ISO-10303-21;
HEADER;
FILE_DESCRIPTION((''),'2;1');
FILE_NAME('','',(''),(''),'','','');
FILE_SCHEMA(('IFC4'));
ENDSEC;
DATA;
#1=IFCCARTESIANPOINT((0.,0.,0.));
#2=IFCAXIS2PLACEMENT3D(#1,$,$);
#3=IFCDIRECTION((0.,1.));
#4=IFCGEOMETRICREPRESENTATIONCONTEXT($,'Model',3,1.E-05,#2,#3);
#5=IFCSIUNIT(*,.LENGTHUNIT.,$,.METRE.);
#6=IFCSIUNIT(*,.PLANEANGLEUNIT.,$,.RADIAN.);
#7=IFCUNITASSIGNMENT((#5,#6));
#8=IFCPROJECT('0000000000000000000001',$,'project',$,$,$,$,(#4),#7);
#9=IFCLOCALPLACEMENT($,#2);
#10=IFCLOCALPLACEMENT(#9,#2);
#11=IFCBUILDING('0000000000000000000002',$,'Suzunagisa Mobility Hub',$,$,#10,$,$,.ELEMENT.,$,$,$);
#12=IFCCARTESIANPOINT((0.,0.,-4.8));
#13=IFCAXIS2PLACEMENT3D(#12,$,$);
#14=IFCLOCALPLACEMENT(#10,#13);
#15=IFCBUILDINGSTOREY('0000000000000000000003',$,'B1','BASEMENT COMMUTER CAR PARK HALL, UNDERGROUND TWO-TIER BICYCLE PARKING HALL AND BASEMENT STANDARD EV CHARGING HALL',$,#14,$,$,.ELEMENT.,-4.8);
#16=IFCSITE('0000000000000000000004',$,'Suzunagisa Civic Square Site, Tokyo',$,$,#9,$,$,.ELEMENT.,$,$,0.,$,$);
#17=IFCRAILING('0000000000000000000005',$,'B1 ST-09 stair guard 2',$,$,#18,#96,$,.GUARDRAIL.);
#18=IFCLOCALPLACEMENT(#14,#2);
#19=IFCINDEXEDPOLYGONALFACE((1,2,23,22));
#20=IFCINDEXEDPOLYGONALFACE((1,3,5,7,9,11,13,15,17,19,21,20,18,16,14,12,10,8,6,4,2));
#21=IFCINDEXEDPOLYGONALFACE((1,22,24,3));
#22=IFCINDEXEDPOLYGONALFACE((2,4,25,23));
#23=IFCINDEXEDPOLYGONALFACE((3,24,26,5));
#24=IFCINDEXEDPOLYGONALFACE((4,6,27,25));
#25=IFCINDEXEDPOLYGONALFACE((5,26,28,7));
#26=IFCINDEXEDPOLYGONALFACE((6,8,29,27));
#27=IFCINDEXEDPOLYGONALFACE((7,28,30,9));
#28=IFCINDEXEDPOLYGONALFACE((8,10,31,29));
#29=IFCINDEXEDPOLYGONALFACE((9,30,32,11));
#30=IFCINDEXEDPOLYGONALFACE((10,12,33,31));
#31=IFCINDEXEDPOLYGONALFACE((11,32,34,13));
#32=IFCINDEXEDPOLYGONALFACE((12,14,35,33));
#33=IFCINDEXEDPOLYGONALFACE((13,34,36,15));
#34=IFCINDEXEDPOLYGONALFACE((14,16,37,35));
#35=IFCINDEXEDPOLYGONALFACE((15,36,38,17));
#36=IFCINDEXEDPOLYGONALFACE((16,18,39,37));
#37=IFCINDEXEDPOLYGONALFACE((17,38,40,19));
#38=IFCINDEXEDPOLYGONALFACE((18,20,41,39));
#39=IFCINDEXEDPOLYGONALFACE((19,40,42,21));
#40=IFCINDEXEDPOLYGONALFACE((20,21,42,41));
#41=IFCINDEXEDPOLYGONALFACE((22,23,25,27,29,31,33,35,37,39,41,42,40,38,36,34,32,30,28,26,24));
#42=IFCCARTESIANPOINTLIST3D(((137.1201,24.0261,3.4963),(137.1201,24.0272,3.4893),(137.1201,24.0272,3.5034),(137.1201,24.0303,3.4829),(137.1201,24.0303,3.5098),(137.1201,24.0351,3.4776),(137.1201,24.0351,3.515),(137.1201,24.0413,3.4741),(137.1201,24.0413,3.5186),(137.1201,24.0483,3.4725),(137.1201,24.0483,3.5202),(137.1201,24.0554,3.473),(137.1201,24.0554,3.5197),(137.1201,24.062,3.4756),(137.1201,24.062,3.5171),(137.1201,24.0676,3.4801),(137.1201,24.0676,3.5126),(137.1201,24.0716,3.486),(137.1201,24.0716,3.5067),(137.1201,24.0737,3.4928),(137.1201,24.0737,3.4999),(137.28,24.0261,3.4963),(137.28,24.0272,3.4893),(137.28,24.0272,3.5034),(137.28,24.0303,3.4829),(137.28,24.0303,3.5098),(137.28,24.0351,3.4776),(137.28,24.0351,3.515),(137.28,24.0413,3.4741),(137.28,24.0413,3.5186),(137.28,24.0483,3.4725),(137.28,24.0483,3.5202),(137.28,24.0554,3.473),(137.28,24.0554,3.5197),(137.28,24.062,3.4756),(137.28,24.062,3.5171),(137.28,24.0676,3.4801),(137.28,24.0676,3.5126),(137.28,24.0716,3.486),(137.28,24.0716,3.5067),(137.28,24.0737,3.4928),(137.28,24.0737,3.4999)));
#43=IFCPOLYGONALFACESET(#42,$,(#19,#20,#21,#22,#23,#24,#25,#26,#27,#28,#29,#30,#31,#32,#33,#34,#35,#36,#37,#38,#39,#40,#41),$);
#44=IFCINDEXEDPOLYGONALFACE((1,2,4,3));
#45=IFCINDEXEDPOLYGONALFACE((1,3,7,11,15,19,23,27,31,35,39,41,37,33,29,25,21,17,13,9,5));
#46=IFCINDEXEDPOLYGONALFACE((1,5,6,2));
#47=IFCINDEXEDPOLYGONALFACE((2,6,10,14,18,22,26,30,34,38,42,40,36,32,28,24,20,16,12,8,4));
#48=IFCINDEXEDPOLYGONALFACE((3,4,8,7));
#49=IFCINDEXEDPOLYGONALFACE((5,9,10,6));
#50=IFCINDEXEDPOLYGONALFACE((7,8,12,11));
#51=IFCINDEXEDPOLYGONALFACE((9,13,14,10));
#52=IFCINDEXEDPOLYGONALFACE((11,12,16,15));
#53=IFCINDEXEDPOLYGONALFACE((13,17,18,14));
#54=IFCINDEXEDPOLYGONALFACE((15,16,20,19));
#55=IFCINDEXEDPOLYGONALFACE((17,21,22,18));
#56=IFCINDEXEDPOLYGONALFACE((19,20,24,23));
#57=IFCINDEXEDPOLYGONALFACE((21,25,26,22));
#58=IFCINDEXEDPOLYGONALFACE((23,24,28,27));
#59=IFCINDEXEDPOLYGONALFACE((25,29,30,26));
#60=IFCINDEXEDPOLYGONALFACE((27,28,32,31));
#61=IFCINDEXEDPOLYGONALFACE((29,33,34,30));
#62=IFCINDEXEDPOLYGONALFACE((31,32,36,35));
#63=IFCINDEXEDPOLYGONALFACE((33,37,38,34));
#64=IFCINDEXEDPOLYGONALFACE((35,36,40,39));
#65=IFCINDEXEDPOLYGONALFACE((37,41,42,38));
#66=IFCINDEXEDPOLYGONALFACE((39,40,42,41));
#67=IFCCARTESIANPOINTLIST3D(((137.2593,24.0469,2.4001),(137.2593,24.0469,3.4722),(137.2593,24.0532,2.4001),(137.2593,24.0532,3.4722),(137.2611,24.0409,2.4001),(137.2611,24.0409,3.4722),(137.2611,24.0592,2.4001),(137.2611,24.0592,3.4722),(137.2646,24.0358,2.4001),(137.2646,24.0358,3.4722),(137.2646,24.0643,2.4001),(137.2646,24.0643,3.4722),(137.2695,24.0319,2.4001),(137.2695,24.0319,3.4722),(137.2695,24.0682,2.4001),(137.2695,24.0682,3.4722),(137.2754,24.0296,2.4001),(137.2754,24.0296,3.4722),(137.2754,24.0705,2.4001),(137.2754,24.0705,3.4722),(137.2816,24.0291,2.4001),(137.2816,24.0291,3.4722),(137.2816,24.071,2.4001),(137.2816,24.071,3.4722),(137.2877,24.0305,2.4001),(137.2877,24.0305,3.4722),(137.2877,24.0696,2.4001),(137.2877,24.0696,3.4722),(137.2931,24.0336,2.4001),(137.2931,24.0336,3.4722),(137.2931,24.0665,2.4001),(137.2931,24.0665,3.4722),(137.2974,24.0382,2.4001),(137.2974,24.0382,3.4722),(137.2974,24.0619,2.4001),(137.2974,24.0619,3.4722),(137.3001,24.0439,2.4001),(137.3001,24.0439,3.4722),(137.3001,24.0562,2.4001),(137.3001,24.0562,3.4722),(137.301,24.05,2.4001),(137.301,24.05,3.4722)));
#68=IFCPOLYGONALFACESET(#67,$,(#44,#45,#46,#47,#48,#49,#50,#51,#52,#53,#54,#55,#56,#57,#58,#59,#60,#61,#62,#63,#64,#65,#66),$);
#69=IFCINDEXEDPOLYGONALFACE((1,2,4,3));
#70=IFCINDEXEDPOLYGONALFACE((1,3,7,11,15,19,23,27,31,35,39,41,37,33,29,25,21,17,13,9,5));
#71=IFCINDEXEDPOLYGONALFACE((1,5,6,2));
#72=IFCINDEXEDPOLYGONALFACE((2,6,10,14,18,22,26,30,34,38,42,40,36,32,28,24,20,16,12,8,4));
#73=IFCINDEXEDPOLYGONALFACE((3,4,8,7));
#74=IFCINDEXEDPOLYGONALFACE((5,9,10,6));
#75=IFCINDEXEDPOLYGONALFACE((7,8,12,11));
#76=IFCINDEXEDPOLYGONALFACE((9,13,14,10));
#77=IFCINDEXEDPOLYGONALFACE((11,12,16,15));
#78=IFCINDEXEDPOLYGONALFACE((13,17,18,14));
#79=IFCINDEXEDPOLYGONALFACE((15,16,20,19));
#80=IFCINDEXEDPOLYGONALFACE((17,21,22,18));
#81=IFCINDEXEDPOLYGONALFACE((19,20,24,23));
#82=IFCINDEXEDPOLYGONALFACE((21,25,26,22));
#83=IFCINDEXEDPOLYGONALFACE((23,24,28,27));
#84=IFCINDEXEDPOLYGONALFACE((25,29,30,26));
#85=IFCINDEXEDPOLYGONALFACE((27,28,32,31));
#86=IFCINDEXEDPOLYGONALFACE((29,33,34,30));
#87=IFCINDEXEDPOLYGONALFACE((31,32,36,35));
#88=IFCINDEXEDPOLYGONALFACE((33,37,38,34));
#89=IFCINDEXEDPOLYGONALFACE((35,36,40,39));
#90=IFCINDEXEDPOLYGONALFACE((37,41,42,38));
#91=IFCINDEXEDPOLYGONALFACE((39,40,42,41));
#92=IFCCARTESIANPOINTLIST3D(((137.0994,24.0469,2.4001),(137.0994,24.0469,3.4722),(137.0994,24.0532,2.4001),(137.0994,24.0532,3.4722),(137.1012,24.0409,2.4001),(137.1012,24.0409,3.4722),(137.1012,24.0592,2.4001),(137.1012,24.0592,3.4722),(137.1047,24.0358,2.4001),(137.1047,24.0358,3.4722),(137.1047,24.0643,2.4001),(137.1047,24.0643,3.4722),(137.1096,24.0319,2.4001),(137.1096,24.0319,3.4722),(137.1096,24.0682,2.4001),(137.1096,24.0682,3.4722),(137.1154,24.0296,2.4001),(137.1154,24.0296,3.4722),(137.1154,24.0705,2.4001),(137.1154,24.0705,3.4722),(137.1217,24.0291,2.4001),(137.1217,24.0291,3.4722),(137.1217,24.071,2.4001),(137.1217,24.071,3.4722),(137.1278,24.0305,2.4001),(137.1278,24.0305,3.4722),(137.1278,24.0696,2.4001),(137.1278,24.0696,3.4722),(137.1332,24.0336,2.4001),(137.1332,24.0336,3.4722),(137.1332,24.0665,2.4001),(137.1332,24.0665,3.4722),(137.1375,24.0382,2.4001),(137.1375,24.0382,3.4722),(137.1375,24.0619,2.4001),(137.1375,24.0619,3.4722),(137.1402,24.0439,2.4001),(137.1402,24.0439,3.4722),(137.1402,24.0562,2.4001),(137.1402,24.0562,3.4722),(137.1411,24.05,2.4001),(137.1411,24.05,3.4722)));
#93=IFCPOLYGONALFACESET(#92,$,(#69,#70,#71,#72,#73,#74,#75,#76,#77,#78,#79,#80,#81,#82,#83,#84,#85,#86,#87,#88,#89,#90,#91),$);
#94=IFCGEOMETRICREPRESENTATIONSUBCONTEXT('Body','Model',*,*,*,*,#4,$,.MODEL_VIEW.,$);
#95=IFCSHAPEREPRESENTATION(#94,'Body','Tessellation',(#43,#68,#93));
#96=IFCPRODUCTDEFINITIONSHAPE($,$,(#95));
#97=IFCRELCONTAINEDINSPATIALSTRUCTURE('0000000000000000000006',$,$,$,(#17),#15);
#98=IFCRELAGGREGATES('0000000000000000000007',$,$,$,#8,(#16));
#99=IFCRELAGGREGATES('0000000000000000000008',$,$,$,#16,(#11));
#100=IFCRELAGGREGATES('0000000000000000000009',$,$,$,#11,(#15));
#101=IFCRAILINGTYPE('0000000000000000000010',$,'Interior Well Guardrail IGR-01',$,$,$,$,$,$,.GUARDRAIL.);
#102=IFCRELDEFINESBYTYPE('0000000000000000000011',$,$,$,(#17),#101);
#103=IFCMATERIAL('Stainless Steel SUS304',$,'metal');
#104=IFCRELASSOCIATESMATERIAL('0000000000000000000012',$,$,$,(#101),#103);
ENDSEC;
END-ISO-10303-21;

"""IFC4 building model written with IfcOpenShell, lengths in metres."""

from ifc_helpers import new_model, si_unit, direction, frame, origin, origin_2d, place, context, subcontext, project, spatial, circle, extrude, material, type_object, element, save


model = new_model("IFC4")

# Units and contexts
model_context = context("Model", 3, precision=1e-05, world=origin(), true_north=direction((0.0, 1.0)))
body_context = subcontext(model_context, "Body", "Model", "MODEL_VIEW")
ifc_project = project(units=[si_unit("LENGTHUNIT", "METRE"), si_unit("PLANEANGLEUNIT", "RADIAN")], contexts=[model_context])

# Site, building, storey
site_placement = place(None, origin())
site = spatial("IfcSite", under=ifc_project, at=site_placement, Name="Suzunagisa Civic Square Site, Tokyo", CompositionType="ELEMENT", RefElevation=0.0)
building_placement = place(site_placement, origin())
building = spatial("IfcBuilding", under=site, at=building_placement, Name="Suzunagisa Mobility Hub", CompositionType="ELEMENT")
storey_placement = place(building_placement, frame((0.0, 0.0, -4.8)))
storey = spatial("IfcBuildingStorey", under=building, at=storey_placement, Name="B1", Description="BASEMENT COMMUTER CAR PARK HALL, UNDERGROUND TWO-TIER BICYCLE PARKING HALL AND BASEMENT STANDARD EV CHARGING HALL", CompositionType="ELEMENT", Elevation=-4.8)

# Railing
ifc_material_1 = material(Name="Stainless Steel SUS304", Category="metal")
railing_type_1 = type_object("IfcRailingType", Name="Interior Well Guardrail IGR-01", PredefinedType="GUARDRAIL", material=ifc_material_1)
railing_1_placement = place(storey_placement, frame((137.28, 24.05, 2.4001)))
element("IfcRailing", 1, at=railing_1_placement, inside=storey, type_object=railing_type_1, Name="B1 ST-09 stair guard 2", PredefinedType="GUARDRAIL", context=body_context, shape_type="SweptSolid", body=[
    extrude(circle(Radius=0.0239, at=origin_2d()), frame((0.0, 0.0, 1.0962), z_axis=(-1.0, 0.0, 0.0), x_axis=(0.0, -1.0, 0.0)), (0.0, 0.0, 1.0), 0.1599),
    extrude(circle(Radius=0.021, at=origin_2d()), origin(), (0.0, 0.0, 1.0), 1.072),
    extrude(circle(Radius=0.021, at=origin_2d()), frame((-0.1599, 0.0, 0.0)), (0.0, 0.0, 1.0), 1.072),
])

save(model, "model.ifc")
